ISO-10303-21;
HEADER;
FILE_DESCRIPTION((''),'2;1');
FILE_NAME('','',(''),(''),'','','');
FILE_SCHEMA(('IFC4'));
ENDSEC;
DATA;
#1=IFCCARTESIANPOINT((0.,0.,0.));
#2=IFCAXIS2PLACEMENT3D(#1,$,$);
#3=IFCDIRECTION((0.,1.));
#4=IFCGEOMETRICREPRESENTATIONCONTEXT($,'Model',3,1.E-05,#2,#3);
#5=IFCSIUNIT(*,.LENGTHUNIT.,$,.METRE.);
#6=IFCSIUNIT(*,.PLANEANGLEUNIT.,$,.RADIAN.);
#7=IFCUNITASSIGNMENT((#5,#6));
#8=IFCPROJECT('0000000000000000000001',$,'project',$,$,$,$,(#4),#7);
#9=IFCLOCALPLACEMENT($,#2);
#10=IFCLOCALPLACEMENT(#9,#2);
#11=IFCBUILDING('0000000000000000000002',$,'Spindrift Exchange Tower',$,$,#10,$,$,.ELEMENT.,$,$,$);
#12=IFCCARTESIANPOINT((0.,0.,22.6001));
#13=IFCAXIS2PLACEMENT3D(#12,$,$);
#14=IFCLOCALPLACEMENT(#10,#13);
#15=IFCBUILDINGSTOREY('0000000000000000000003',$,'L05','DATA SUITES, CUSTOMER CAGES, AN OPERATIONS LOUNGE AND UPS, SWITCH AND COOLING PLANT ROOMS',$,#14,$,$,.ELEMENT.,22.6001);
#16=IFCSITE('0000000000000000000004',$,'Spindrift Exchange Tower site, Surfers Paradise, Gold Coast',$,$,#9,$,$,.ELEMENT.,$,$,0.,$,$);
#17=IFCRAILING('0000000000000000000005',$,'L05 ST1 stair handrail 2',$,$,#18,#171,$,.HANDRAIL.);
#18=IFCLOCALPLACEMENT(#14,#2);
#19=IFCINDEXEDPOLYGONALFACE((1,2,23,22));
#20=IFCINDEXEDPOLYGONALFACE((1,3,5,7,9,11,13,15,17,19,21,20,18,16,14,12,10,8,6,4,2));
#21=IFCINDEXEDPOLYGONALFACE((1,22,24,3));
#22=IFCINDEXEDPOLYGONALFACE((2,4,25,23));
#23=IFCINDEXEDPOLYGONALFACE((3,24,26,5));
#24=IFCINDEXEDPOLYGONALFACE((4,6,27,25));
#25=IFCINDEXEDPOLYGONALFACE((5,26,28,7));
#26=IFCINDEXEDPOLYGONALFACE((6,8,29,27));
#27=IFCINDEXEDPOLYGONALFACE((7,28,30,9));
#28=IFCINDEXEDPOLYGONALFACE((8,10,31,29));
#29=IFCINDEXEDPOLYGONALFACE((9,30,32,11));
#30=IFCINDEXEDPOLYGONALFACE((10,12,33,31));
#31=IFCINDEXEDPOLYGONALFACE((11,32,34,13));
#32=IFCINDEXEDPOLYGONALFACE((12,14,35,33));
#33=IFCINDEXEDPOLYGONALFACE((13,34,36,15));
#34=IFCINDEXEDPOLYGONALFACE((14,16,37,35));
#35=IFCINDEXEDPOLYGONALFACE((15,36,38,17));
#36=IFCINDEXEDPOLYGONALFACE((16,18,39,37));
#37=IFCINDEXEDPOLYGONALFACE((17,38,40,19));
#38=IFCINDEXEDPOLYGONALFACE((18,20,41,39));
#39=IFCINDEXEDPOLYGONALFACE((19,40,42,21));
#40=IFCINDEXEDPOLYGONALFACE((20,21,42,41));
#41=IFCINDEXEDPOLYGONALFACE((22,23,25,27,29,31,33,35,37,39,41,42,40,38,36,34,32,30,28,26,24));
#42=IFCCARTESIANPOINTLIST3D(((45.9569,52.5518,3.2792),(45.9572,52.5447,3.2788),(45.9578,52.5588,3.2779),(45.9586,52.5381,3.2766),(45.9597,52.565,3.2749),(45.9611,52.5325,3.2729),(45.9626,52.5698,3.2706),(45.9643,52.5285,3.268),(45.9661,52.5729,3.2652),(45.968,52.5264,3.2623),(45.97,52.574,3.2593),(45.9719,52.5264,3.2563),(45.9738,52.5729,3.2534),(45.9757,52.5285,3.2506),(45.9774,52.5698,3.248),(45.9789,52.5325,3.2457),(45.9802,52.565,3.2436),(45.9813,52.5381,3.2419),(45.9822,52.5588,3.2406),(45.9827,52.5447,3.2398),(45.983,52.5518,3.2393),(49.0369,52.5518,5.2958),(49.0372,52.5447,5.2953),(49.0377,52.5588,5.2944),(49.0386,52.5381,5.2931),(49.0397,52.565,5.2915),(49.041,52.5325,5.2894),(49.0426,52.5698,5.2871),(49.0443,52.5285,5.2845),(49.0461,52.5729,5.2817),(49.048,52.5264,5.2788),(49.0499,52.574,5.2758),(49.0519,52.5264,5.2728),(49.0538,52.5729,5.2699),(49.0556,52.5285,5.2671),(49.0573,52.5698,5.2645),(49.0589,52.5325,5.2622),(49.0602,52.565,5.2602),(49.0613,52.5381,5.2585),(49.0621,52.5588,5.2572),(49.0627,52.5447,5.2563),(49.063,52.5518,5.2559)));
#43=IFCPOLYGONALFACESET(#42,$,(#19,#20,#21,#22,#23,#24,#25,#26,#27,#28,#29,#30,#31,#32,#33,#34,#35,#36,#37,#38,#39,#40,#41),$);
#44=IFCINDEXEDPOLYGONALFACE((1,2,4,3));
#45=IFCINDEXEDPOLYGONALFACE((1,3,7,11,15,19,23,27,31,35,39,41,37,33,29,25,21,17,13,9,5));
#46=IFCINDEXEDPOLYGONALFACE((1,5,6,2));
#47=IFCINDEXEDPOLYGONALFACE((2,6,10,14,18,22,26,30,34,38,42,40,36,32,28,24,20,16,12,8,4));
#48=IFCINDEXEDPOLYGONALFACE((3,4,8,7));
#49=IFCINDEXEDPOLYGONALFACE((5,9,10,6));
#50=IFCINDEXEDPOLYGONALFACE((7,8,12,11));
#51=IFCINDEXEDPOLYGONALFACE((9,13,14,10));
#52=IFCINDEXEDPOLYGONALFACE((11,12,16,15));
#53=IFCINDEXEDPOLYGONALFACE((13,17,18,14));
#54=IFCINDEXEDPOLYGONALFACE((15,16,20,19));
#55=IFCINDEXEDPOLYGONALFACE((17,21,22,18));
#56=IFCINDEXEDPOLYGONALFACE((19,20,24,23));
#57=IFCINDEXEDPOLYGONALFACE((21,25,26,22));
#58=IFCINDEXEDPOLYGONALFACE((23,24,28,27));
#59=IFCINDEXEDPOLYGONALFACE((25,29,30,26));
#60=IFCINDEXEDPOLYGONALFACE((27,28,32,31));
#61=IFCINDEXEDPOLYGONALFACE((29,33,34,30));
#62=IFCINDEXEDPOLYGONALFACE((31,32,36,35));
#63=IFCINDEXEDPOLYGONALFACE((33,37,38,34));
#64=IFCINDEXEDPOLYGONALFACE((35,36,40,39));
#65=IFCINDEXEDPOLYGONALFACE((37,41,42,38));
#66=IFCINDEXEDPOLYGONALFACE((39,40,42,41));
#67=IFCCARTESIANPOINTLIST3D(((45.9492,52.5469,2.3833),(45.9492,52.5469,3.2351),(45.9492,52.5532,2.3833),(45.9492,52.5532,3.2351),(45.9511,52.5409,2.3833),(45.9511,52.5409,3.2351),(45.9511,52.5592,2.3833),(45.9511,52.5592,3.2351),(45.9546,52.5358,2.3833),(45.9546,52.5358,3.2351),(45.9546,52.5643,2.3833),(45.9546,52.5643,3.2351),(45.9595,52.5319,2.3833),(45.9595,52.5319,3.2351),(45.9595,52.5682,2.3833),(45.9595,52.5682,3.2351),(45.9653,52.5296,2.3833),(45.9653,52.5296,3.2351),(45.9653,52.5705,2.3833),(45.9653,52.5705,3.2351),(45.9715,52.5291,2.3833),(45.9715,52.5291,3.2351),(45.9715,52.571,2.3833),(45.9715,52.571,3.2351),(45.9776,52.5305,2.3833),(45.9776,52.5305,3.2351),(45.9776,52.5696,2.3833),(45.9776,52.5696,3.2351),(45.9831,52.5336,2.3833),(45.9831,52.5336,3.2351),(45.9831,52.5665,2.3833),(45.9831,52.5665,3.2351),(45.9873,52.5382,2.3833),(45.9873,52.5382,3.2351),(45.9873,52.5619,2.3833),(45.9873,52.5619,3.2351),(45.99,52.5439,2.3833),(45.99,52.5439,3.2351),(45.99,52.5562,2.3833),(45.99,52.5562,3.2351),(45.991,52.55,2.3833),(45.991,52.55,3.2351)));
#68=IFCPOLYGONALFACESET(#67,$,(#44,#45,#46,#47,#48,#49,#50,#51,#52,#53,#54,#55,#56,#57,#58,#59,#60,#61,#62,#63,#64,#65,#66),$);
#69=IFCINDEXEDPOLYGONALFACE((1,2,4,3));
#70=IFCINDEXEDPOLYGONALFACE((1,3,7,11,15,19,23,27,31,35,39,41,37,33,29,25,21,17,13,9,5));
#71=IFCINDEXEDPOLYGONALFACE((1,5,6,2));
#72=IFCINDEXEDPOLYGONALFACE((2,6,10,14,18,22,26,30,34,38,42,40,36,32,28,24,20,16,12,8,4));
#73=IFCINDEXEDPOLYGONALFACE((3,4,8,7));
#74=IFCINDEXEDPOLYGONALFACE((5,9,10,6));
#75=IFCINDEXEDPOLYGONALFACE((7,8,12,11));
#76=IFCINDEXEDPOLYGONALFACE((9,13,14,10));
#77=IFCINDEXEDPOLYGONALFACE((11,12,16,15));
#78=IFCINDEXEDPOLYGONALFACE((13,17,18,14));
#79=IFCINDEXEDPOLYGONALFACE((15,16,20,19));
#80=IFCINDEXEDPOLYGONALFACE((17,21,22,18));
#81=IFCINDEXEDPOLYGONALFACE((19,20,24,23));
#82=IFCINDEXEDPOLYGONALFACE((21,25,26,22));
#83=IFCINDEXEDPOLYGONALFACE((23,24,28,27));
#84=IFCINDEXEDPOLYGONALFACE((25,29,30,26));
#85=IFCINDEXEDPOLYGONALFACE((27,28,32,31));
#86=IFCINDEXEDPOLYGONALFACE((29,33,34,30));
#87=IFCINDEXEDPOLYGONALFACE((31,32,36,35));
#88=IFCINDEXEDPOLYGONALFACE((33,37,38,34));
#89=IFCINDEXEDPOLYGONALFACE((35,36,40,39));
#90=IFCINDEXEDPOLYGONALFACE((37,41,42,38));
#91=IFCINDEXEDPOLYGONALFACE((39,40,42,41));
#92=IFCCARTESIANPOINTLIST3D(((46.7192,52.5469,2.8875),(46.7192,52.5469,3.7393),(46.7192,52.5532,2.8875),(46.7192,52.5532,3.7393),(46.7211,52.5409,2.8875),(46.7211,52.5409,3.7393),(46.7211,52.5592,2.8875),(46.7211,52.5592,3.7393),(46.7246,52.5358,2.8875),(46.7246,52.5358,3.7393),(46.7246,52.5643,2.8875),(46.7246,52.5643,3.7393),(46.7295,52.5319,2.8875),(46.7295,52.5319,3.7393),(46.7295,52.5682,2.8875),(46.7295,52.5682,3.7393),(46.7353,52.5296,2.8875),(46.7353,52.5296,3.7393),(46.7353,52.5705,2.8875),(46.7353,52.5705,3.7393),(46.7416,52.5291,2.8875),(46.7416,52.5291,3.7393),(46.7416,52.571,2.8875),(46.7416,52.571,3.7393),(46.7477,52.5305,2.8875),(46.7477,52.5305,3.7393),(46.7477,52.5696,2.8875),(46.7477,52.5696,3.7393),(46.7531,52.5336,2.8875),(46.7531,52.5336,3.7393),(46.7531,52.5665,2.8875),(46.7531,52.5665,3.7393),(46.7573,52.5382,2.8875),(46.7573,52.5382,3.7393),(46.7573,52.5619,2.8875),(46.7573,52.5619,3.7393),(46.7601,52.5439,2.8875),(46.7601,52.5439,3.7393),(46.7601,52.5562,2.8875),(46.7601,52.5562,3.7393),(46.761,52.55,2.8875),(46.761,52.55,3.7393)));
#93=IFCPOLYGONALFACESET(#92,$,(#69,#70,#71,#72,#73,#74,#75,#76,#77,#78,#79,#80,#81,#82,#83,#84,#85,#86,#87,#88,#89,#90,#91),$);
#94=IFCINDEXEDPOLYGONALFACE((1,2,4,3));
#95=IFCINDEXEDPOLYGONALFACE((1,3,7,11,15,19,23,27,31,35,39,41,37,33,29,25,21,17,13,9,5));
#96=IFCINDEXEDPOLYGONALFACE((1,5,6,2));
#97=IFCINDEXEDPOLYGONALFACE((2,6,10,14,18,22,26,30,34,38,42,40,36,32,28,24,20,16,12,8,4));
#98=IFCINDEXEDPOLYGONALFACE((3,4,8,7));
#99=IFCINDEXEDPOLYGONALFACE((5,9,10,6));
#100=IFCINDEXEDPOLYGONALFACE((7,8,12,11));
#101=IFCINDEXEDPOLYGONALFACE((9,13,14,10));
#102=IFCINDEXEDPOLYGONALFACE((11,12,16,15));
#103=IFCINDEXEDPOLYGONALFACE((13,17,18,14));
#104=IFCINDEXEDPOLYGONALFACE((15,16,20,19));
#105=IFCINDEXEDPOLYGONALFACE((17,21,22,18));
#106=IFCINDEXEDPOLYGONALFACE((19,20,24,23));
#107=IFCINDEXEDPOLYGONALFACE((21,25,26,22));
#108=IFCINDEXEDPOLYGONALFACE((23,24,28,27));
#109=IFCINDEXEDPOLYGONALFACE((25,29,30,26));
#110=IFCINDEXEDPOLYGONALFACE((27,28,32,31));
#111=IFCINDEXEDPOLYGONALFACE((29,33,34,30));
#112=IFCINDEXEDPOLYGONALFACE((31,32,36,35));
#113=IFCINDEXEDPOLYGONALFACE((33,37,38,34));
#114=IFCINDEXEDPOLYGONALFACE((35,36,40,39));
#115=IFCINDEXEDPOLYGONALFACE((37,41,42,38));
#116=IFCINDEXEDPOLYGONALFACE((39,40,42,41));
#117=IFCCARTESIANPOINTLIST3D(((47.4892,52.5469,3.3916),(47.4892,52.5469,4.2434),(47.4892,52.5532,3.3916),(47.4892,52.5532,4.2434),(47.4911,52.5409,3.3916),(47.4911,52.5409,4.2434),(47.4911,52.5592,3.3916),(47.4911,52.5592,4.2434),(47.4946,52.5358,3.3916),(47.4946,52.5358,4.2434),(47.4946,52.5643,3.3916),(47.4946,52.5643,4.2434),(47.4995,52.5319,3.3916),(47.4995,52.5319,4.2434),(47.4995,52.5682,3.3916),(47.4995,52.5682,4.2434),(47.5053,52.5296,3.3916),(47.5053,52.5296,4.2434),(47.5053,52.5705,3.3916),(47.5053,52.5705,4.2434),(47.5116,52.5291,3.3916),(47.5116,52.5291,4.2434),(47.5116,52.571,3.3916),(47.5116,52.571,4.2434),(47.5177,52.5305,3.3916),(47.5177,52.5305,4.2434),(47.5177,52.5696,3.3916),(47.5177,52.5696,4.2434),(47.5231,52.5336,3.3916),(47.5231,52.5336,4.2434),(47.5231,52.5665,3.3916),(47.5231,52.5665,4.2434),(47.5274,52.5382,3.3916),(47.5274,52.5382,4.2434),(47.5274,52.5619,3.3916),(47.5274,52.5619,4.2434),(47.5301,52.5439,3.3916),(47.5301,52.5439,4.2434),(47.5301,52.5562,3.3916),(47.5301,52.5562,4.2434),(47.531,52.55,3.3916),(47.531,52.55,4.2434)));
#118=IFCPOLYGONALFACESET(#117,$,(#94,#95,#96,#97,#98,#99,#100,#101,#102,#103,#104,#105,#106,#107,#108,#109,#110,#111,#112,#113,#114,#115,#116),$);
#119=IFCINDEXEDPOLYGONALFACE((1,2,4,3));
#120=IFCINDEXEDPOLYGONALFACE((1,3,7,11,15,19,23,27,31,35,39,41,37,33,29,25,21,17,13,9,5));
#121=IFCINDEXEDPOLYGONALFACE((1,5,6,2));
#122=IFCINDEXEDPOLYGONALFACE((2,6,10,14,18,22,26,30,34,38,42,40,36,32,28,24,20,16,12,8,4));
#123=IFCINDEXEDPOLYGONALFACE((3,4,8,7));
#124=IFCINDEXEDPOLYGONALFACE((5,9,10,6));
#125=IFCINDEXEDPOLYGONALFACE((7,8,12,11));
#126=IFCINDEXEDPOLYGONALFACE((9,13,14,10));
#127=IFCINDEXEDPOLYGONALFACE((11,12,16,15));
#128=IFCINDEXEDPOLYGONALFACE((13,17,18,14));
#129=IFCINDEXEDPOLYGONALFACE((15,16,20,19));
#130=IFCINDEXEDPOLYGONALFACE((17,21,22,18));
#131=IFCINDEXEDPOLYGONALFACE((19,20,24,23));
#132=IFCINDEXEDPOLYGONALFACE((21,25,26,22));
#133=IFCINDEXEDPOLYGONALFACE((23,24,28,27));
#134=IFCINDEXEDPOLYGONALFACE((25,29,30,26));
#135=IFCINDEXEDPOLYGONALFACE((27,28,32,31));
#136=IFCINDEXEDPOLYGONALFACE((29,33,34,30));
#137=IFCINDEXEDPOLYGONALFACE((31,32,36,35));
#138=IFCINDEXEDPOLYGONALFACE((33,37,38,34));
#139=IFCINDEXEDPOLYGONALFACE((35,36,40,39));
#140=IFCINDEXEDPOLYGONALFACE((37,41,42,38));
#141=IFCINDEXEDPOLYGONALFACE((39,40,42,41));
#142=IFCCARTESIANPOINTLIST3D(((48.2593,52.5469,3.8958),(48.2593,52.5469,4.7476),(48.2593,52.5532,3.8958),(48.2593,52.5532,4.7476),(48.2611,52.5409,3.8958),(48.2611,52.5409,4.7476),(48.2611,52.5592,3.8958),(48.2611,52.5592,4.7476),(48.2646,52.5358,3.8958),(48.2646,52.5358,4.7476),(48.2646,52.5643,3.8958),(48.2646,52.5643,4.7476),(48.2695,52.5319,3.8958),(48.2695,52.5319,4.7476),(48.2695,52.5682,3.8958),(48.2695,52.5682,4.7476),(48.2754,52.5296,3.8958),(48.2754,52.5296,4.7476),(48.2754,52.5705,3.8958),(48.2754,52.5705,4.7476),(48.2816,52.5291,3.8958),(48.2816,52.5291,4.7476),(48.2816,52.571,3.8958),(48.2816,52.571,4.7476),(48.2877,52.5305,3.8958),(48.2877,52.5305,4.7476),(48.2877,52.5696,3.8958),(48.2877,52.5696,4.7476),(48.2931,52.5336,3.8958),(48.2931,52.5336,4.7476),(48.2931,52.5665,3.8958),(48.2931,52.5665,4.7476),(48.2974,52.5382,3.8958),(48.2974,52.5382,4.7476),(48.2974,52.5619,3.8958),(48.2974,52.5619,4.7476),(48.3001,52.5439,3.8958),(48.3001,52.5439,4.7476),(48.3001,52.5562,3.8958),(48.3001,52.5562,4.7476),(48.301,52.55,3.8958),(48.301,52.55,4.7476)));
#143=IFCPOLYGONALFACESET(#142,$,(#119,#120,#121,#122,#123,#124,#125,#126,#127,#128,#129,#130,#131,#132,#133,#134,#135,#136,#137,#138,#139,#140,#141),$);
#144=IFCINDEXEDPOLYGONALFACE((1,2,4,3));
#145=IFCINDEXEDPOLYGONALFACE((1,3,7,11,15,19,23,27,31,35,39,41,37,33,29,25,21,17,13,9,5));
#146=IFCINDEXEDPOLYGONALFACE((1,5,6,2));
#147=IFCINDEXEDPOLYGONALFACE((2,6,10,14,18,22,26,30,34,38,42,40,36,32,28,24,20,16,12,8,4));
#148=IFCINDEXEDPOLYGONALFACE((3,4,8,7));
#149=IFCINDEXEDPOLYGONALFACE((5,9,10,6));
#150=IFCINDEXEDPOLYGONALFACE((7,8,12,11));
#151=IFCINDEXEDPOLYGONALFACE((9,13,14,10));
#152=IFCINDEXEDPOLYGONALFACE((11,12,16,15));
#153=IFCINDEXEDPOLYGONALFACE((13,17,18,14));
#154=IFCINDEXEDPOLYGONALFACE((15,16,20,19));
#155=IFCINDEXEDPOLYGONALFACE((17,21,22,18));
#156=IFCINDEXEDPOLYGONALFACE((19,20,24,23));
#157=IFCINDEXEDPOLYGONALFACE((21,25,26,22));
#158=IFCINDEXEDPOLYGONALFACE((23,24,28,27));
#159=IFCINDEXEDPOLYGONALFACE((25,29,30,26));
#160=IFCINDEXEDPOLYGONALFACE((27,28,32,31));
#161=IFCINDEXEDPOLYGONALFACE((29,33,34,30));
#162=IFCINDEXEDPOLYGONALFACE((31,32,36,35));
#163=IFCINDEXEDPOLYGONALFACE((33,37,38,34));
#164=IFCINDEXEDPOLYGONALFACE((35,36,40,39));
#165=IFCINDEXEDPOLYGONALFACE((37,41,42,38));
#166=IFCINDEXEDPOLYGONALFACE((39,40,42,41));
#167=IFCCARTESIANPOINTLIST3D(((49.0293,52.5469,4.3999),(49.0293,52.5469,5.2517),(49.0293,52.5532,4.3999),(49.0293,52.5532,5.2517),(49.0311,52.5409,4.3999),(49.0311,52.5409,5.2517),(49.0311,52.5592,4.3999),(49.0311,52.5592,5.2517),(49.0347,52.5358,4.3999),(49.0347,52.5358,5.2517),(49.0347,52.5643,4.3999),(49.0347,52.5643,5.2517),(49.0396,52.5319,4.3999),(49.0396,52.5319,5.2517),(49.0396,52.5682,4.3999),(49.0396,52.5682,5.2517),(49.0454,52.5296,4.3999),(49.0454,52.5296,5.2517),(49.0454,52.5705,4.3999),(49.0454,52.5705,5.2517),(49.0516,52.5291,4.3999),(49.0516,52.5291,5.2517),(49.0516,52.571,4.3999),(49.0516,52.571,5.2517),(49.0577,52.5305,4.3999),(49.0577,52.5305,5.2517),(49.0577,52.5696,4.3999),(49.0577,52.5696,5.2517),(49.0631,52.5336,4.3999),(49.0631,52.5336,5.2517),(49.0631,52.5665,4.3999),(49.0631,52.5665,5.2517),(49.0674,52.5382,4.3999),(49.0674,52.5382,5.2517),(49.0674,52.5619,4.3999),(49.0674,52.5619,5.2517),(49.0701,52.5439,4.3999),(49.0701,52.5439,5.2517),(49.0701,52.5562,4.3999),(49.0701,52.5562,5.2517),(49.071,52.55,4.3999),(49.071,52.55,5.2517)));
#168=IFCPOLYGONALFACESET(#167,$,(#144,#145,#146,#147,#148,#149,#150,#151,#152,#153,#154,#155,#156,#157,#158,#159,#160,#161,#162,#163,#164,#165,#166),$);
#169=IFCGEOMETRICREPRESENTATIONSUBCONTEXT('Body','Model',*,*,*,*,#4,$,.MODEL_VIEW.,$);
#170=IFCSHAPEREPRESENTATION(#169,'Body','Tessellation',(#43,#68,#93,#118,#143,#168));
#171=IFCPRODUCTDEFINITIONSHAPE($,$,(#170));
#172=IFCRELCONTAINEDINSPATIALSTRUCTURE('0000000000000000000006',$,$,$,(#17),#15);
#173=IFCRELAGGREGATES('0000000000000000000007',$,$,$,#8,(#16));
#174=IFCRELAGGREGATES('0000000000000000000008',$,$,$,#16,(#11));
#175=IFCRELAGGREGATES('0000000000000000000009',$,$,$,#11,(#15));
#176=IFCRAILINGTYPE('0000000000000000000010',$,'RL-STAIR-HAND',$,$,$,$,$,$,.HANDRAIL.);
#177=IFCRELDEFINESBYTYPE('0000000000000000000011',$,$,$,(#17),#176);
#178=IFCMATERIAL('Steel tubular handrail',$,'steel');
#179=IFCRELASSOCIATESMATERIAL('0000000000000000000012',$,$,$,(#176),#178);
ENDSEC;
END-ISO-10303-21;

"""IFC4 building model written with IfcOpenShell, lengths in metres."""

from ifc_helpers import new_model, si_unit, direction, frame, origin, origin_2d, place, context, subcontext, project, spatial, circle, extrude, material, type_object, element, save


model = new_model("IFC4")

# Units and contexts
model_context = context("Model", 3, precision=1e-05, world=origin(), true_north=direction((0.0, 1.0)))
body_context = subcontext(model_context, "Body", "Model", "MODEL_VIEW")
ifc_project = project(units=[si_unit("LENGTHUNIT", "METRE"), si_unit("PLANEANGLEUNIT", "RADIAN")], contexts=[model_context])

# Site, building, storey
site_placement = place(None, origin())
site = spatial("IfcSite", under=ifc_project, at=site_placement, Name="Spindrift Exchange Tower site, Surfers Paradise, Gold Coast", CompositionType="ELEMENT", RefElevation=0.0)
building_placement = place(site_placement, origin())
building = spatial("IfcBuilding", under=site, at=building_placement, Name="Spindrift Exchange Tower", CompositionType="ELEMENT")
storey_placement = place(building_placement, frame((0.0, 0.0, 22.6001)))
storey = spatial("IfcBuildingStorey", under=building, at=storey_placement, Name="L05", Description="DATA SUITES, CUSTOMER CAGES, AN OPERATIONS LOUNGE AND UPS, SWITCH AND COOLING PLANT ROOMS", CompositionType="ELEMENT", Elevation=22.6001)

# Railing
ifc_material_1 = material(Name="Steel tubular handrail", Category="steel")
railing_type_1 = type_object("IfcRailingType", Name="RL-STAIR-HAND", PredefinedType="HANDRAIL", material=ifc_material_1)
railing_1_placement = place(storey_placement, frame((45.97, 52.55, 2.3833)))
element("IfcRailing", 1, at=railing_1_placement, inside=storey, type_object=railing_type_1, Name="L05 ST1 stair handrail 2", PredefinedType="HANDRAIL", context=body_context, shape_type="SweptSolid", body=[
    extrude(circle(Radius=0.0239, at=origin_2d()), frame((0.0, 0.0, 0.876), z_axis=(0.836633, 0.0, 0.547764), x_axis=(0.0, 1.0, 0.0)), (0.0, 0.0, 1.0), 3.6814),
    extrude(circle(Radius=0.021, at=origin_2d()), origin(), (0.0, 0.0, 1.0), 0.8518),
    extrude(circle(Radius=0.021, at=origin_2d()), frame((0.77, 0.0, 0.5042)), (0.0, 0.0, 1.0), 0.8518),
    extrude(circle(Radius=0.021, at=origin_2d()), frame((1.54, 0.0, 1.0083)), (0.0, 0.0, 1.0), 0.8518),
    extrude(circle(Radius=0.021, at=origin_2d()), frame((2.3101, 0.0, 1.5125)), (0.0, 0.0, 1.0), 0.8518),
    extrude(circle(Radius=0.021, at=origin_2d()), frame((3.0801, 0.0, 2.0166)), (0.0, 0.0, 1.0), 0.8518),
])

save(model, "model.ifc")
